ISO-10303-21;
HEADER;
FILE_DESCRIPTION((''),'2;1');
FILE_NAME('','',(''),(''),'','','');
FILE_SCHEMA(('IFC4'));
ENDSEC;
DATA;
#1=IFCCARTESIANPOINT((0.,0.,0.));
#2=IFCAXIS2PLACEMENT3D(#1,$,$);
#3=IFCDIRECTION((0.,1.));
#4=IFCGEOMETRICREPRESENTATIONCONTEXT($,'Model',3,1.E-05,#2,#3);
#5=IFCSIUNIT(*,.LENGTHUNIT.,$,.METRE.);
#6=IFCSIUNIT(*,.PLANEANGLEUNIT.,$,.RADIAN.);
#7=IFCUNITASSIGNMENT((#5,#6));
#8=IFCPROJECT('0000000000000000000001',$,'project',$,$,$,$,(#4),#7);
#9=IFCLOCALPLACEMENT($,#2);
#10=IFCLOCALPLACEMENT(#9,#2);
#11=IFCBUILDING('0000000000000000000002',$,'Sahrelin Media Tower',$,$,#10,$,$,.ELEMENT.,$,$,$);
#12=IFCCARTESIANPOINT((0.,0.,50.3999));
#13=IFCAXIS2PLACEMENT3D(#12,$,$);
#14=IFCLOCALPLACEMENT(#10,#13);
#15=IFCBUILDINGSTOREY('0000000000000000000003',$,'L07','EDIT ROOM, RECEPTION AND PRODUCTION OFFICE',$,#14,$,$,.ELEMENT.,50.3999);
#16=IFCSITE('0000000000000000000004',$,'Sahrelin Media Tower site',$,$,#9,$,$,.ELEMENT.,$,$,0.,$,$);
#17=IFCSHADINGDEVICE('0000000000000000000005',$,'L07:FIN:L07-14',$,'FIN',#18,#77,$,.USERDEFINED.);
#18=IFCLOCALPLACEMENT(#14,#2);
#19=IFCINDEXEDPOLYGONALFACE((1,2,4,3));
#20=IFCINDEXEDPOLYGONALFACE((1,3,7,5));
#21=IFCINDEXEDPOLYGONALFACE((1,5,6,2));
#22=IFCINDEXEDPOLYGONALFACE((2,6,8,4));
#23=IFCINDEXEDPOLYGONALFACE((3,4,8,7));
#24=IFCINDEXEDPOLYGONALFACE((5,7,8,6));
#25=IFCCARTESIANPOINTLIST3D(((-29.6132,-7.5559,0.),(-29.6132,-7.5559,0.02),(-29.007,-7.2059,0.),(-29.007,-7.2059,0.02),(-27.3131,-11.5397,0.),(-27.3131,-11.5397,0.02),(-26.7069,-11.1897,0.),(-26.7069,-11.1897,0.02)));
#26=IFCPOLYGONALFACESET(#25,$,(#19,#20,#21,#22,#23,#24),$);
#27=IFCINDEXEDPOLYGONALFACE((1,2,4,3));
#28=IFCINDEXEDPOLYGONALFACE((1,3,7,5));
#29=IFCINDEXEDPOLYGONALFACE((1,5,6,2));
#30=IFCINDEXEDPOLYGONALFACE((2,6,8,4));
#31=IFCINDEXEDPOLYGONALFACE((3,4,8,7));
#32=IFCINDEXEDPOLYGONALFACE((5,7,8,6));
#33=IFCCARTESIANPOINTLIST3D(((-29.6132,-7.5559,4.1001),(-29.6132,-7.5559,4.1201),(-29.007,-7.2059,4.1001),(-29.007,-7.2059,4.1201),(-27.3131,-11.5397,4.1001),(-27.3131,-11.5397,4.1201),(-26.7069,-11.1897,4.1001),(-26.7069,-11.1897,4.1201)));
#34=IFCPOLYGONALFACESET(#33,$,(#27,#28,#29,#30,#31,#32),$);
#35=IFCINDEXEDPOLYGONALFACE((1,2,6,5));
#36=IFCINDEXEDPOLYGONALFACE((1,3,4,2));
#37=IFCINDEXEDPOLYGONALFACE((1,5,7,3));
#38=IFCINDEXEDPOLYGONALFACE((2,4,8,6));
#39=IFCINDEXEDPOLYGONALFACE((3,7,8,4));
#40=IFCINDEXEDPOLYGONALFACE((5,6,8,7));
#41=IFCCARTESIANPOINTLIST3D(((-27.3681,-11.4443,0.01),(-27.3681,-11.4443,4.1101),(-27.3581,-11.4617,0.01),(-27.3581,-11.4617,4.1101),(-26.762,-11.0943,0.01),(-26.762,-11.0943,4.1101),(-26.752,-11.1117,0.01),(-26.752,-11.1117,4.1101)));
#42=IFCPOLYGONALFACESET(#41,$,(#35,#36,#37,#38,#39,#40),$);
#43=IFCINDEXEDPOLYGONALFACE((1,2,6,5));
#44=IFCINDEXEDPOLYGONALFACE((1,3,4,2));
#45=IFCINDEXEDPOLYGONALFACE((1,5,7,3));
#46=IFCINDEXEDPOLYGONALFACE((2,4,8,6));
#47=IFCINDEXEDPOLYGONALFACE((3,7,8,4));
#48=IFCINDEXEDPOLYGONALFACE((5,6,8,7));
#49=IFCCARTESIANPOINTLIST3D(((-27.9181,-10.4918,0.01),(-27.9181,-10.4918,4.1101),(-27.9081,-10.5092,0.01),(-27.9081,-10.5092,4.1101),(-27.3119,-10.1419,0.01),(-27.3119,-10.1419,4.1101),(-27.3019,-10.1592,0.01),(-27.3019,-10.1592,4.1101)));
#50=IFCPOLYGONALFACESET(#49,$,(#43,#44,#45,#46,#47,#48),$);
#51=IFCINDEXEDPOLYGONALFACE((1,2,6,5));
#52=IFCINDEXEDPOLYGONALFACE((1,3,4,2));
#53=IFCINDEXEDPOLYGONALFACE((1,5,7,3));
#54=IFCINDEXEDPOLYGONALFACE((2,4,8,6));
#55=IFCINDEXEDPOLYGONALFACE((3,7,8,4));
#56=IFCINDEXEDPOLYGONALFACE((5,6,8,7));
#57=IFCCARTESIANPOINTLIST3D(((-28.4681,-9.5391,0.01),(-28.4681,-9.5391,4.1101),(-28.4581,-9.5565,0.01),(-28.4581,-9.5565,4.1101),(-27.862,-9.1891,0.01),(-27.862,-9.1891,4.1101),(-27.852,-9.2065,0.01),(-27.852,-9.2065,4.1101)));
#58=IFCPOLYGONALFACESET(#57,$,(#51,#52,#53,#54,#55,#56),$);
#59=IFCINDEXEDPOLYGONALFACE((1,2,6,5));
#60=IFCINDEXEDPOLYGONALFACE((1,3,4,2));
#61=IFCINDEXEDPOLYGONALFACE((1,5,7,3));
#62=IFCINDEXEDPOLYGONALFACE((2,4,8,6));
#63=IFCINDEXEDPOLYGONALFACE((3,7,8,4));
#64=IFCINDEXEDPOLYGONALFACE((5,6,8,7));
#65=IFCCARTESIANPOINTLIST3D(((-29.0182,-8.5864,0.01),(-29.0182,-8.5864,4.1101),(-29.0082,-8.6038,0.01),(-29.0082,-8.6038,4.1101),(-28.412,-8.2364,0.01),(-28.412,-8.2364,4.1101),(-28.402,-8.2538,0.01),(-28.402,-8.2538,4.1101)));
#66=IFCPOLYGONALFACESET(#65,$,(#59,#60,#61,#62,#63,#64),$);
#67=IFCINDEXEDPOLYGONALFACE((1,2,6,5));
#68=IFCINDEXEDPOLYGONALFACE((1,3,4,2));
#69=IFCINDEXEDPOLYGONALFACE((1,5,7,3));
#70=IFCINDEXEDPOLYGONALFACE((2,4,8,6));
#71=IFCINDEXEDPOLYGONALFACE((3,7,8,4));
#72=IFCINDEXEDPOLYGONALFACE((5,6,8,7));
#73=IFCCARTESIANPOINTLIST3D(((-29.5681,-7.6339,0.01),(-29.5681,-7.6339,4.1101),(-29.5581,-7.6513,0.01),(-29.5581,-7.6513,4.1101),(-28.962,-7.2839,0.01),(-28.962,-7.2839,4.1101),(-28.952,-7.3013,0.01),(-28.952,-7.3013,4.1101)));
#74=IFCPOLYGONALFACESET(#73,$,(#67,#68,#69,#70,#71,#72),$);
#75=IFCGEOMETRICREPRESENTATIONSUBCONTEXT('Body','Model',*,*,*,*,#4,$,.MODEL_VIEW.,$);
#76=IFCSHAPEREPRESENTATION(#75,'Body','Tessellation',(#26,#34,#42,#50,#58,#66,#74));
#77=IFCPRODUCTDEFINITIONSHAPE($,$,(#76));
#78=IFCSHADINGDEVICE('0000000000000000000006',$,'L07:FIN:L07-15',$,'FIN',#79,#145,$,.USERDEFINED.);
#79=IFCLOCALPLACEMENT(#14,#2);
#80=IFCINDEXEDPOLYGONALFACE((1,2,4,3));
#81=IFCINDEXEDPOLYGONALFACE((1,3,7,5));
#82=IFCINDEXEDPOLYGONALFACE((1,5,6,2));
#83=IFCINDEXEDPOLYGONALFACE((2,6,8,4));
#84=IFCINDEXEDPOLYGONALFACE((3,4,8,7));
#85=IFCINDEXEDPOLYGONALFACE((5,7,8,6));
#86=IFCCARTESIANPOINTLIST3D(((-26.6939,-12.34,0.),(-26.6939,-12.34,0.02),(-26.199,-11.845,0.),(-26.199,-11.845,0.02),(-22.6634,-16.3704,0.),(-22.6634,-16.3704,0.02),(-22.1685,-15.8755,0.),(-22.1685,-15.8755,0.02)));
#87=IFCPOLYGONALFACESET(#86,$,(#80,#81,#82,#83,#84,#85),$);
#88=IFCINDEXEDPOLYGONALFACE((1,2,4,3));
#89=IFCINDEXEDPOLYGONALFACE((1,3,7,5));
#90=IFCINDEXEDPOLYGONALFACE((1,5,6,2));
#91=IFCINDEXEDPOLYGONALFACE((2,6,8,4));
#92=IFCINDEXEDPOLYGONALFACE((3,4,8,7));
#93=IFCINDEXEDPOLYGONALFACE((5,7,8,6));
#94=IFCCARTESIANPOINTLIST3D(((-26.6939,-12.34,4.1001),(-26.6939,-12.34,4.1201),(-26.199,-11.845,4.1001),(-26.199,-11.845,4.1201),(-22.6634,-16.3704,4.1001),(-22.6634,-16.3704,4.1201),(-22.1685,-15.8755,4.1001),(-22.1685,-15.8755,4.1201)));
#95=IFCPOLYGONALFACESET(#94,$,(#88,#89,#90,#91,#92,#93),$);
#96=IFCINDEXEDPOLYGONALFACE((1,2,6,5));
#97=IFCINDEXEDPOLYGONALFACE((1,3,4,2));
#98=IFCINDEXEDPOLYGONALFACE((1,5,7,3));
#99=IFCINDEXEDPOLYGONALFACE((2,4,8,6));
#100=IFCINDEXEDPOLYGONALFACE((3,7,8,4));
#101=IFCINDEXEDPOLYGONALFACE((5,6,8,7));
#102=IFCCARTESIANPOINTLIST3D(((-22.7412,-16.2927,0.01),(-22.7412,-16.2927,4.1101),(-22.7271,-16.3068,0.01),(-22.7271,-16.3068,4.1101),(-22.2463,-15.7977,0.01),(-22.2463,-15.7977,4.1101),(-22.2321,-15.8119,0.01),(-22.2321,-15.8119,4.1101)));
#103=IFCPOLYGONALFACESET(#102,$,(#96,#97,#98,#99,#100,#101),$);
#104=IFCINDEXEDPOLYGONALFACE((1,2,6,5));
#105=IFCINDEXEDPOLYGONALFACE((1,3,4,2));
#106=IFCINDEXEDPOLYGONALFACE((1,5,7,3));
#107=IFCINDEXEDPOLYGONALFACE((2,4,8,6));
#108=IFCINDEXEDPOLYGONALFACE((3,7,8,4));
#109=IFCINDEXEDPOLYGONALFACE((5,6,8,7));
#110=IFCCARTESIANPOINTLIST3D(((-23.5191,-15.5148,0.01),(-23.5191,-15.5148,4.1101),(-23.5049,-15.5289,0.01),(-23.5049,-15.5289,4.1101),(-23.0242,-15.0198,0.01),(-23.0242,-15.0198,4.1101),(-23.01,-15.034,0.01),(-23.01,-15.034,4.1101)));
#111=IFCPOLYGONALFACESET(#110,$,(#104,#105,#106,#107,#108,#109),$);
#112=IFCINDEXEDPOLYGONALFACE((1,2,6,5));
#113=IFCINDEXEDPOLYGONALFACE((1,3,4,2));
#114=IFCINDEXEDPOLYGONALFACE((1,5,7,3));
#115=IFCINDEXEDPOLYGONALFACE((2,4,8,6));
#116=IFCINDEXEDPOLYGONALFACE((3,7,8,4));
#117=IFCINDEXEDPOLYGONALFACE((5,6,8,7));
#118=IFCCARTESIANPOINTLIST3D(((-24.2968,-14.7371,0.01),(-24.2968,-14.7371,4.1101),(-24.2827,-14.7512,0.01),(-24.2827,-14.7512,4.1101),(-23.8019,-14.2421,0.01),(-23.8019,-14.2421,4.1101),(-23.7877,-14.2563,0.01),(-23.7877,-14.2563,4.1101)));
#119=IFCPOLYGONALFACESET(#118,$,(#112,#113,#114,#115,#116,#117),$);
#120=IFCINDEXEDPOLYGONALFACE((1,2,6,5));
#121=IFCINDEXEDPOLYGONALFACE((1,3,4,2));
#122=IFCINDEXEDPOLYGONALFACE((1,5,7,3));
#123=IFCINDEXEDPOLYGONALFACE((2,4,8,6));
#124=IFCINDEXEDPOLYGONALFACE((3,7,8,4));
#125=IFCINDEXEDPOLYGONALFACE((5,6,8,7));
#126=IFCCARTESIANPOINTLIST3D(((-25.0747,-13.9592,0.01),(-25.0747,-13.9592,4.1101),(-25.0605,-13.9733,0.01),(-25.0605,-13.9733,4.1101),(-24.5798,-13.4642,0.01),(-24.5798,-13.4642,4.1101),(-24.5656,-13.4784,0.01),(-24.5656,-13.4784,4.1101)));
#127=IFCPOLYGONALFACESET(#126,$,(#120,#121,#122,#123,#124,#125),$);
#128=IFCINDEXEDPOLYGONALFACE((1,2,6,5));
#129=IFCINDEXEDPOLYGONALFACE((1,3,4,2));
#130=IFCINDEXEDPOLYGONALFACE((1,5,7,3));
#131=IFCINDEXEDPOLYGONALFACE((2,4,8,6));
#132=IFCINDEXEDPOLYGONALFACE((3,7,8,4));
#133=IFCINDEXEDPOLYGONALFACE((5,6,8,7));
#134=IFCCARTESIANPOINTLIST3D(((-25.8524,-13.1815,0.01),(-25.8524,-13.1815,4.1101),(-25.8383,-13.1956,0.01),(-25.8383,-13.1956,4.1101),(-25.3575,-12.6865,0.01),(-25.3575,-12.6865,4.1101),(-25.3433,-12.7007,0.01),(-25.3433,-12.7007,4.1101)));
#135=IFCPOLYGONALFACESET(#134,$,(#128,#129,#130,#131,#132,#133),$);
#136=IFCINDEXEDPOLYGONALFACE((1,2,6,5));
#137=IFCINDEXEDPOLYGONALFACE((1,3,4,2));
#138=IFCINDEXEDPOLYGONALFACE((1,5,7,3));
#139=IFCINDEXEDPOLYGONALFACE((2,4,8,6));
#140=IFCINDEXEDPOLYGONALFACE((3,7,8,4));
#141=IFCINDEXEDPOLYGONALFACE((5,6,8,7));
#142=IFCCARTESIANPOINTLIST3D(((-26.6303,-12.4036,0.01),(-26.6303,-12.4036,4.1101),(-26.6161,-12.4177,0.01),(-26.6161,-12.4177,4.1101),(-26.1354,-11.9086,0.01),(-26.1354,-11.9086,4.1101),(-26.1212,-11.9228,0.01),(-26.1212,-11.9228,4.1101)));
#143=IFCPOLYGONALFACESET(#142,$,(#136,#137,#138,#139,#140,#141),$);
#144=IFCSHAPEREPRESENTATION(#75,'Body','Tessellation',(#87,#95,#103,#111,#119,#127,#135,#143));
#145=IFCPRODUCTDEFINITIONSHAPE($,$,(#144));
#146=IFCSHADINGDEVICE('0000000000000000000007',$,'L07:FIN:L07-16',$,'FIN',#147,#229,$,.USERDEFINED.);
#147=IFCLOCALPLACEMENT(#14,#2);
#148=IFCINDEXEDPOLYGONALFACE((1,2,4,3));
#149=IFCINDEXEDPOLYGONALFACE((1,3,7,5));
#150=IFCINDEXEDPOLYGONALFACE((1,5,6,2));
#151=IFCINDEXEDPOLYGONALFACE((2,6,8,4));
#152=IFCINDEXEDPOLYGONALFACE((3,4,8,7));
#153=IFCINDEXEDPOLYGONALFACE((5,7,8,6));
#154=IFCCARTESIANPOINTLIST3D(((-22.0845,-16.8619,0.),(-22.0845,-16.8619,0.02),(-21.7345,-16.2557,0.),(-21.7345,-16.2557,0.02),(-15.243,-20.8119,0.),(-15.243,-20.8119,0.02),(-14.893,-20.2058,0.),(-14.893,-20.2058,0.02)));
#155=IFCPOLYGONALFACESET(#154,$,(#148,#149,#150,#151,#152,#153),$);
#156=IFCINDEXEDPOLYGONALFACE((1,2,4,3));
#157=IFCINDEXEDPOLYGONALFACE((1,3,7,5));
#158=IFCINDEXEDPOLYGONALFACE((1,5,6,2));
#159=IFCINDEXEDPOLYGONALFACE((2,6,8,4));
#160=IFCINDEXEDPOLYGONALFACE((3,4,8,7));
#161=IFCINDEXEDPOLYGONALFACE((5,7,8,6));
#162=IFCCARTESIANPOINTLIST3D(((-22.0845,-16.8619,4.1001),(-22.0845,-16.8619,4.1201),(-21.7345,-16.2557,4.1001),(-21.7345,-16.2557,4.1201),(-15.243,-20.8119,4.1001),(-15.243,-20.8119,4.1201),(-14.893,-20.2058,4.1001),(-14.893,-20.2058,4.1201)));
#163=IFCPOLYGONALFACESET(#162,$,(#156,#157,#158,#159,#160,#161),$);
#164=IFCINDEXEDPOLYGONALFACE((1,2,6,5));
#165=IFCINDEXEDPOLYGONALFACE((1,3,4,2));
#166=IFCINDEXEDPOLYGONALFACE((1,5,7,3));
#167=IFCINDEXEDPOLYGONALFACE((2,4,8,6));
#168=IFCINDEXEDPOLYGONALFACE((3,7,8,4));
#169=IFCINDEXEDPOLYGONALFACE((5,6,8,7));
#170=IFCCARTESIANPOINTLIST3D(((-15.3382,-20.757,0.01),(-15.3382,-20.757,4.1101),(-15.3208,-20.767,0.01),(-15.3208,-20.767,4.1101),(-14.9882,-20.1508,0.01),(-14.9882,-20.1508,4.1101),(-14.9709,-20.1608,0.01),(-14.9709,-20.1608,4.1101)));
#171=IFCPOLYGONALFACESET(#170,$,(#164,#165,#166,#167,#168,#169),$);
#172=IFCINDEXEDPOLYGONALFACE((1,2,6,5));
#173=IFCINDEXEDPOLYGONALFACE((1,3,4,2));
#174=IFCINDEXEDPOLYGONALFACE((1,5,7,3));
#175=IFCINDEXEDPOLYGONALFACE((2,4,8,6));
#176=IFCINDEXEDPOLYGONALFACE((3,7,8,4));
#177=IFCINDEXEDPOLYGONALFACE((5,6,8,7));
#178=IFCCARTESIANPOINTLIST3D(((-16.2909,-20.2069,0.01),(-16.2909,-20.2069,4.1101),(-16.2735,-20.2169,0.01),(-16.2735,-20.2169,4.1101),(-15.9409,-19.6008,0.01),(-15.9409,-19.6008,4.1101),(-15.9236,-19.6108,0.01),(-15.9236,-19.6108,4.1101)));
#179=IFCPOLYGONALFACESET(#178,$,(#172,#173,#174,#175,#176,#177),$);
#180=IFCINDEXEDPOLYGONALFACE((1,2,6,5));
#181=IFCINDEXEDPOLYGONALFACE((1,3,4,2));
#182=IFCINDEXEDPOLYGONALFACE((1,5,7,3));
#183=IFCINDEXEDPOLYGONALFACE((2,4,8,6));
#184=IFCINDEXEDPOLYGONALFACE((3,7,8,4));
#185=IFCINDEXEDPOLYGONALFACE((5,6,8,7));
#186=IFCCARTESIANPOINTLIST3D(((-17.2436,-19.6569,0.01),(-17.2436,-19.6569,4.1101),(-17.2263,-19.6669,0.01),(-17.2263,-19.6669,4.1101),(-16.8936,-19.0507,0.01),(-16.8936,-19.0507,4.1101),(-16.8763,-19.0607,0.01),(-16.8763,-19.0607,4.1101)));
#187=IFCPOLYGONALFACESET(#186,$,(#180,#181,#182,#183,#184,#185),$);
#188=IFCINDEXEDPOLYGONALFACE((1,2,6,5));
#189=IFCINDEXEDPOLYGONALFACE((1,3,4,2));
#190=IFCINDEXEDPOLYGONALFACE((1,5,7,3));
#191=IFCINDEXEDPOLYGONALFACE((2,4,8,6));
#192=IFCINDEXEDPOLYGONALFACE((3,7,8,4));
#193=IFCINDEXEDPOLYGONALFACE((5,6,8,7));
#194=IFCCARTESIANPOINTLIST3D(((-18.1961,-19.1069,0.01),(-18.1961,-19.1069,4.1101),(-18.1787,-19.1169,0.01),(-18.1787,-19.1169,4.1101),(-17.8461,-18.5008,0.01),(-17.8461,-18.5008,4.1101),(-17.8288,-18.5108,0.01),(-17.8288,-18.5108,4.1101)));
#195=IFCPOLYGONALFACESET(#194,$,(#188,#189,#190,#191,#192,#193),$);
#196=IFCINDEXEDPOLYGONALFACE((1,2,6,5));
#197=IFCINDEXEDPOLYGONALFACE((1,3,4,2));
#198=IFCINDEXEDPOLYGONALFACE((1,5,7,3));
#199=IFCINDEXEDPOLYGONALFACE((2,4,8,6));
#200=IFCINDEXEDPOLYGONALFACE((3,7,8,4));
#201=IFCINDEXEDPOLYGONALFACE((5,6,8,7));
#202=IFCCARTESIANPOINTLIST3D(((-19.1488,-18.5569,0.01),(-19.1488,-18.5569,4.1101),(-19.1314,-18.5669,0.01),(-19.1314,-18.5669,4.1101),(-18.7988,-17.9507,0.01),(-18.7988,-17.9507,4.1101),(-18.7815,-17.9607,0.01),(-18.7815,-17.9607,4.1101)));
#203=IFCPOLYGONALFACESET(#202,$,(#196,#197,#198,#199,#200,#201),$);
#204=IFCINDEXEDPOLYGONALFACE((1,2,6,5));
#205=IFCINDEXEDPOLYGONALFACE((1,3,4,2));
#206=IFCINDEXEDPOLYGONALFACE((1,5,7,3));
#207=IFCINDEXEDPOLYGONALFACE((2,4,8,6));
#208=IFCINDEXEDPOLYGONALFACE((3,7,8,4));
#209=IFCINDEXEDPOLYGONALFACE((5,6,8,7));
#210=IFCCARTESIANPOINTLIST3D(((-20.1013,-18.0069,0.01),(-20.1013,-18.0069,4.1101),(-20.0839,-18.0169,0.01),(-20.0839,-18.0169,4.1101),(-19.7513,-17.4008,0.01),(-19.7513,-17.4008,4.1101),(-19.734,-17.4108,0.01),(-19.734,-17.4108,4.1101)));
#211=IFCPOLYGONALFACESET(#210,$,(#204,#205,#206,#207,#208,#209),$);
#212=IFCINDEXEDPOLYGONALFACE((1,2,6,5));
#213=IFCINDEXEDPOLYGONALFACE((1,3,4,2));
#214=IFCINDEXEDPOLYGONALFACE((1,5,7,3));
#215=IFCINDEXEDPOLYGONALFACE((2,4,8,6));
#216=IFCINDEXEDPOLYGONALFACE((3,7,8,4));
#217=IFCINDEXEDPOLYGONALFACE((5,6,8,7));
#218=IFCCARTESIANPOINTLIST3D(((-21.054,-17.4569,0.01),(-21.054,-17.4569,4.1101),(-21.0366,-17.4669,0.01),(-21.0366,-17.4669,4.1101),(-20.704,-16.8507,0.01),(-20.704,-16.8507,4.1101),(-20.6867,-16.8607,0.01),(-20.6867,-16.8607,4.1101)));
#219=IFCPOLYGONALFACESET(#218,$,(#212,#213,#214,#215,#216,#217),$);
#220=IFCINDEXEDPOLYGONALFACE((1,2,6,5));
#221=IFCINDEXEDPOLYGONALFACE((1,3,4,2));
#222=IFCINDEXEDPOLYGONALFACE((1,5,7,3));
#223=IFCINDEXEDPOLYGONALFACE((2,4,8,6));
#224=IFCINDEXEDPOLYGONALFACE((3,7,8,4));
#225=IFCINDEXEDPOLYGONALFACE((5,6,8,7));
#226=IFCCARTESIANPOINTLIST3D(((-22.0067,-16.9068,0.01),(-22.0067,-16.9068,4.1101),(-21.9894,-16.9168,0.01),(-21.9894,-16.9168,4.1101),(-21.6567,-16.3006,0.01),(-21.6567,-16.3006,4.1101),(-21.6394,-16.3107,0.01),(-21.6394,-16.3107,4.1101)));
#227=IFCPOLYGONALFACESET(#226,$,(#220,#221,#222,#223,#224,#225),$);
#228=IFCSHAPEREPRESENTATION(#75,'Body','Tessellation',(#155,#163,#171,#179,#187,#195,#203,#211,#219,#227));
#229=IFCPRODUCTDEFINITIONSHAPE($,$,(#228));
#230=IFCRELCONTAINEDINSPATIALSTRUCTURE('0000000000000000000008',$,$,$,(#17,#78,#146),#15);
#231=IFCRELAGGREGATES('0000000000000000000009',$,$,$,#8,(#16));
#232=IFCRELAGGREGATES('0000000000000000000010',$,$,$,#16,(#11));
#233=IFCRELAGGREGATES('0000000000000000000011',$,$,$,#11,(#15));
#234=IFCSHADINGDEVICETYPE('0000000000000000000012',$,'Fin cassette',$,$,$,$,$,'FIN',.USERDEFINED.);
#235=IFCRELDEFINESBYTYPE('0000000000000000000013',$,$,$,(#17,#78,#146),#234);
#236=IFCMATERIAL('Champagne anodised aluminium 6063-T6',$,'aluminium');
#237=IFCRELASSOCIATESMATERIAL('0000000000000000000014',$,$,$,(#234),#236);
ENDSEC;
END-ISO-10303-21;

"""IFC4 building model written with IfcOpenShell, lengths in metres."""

from ifc_helpers import new_model, si_unit, direction, frame, origin, origin_2d, place, context, subcontext, project, spatial, rectangle, extrude, material, type_object, element, save


model = new_model("IFC4")

# Units and contexts
model_context = context("Model", 3, precision=1e-05, world=origin(), true_north=direction((0.0, 1.0)))
body_context = subcontext(model_context, "Body", "Model", "MODEL_VIEW")
ifc_project = project(units=[si_unit("LENGTHUNIT", "METRE"), si_unit("PLANEANGLEUNIT", "RADIAN")], contexts=[model_context])

# Site, building, storey
site_placement = place(None, origin())
site = spatial("IfcSite", under=ifc_project, at=site_placement, Name="Sahrelin Media Tower site", CompositionType="ELEMENT", RefElevation=0.0)
building_placement = place(site_placement, origin())
building = spatial("IfcBuilding", under=site, at=building_placement, Name="Sahrelin Media Tower", CompositionType="ELEMENT")
storey_placement = place(building_placement, frame((0.0, 0.0, 50.3999)))
storey = spatial("IfcBuildingStorey", under=building, at=storey_placement, Name="L07", Description="EDIT ROOM, RECEPTION AND PRODUCTION OFFICE", CompositionType="ELEMENT", Elevation=50.3999)

# Shared definitions
ifc_material_1 = material(Name="Champagne anodised aluminium 6063-T6", Category="aluminium")

# Shading devices
shading_device_type_1 = type_object("IfcShadingDeviceType", Name="Fin cassette", ElementType="FIN", PredefinedType="USERDEFINED", material=ifc_material_1)
placement_1 = place(storey_placement, frame((-27.7964, -9.1628, 0.0), z_axis=(0.0, 0.0, 1.0), x_axis=(-0.500011, 0.866019, 0.0)))
element("IfcShadingDevice", 1, at=placement_1, inside=storey, type_object=shading_device_type_1, Name="L07:FIN:L07-14", ObjectType="FIN", PredefinedType="USERDEFINED", context=body_context, shape_type="SweptSolid", body=[
    extrude(rectangle(XDim=4.6001, YDim=0.7, at=origin_2d()), frame((0.0, 0.4199, 0.0)), (0.0, 0.0, 1.0), 0.02),
    extrude(rectangle(XDim=4.6001, YDim=0.7, at=origin_2d()), frame((0.0, 0.4199, 4.1001)), (0.0, 0.0, 1.0), 0.02),
    extrude(rectangle(XDim=0.02, YDim=0.7, at=origin_2d()), frame((-2.2, 0.4199, 0.01), z_axis=(0.0, 0.0, 1.0), x_axis=(1.0, 0.0, 0.0)), (0.0, 0.0, 1.0), 4.1001),
    extrude(rectangle(XDim=0.02, YDim=0.7, at=origin_2d()), frame((-1.1001, 0.4199, 0.01), z_axis=(0.0, 0.0, 1.0), x_axis=(1.0, 0.0, 0.0)), (0.0, 0.0, 1.0), 4.1001),
    extrude(rectangle(XDim=0.02, YDim=0.7, at=origin_2d()), frame((0.0, 0.4199, 0.01), z_axis=(0.0, 0.0, 1.0), x_axis=(1.0, 0.0, 0.0)), (0.0, 0.0, 1.0), 4.1001),
    extrude(rectangle(XDim=0.02, YDim=0.7, at=origin_2d()), frame((1.1001, 0.4199, 0.01), z_axis=(0.0, 0.0, 1.0), x_axis=(1.0, 0.0, 0.0)), (0.0, 0.0, 1.0), 4.1001),
    extrude(rectangle(XDim=0.02, YDim=0.7, at=origin_2d()), frame((2.2, 0.4199, 0.01), z_axis=(0.0, 0.0, 1.0), x_axis=(1.0, 0.0, 0.0)), (0.0, 0.0, 1.0), 4.1001),
])
placement_2 = place(storey_placement, frame((-24.1343, -13.8108, 0.0), z_axis=(0.0, 0.0, 1.0), x_axis=(-0.707107, 0.707107, 0.0)))
element("IfcShadingDevice", 2, at=placement_2, inside=storey, type_object=shading_device_type_1, Name="L07:FIN:L07-15", ObjectType="FIN", PredefinedType="USERDEFINED", context=body_context, shape_type="SweptSolid", body=[
    extrude(rectangle(XDim=5.7, YDim=0.7, at=origin_2d()), frame((0.0, 0.4199, 0.0)), (0.0, 0.0, 1.0), 0.02),
    extrude(rectangle(XDim=5.7, YDim=0.7, at=origin_2d()), frame((0.0, 0.4199, 4.1001)), (0.0, 0.0, 1.0), 0.02),
    extrude(rectangle(XDim=0.02, YDim=0.7, at=origin_2d()), frame((-2.75, 0.4199, 0.01), z_axis=(0.0, 0.0, 1.0), x_axis=(1.0, 0.0, 0.0)), (0.0, 0.0, 1.0), 4.1001),
    extrude(rectangle(XDim=0.02, YDim=0.7, at=origin_2d()), frame((-1.6499, 0.4199, 0.01), z_axis=(0.0, 0.0, 1.0), x_axis=(1.0, 0.0, 0.0)), (0.0, 0.0, 1.0), 4.1001),
    extrude(rectangle(XDim=0.02, YDim=0.7, at=origin_2d()), frame((-0.55, 0.4199, 0.01), z_axis=(0.0, 0.0, 1.0), x_axis=(1.0, 0.0, 0.0)), (0.0, 0.0, 1.0), 4.1001),
    extrude(rectangle(XDim=0.02, YDim=0.7, at=origin_2d()), frame((0.55, 0.4199, 0.01), z_axis=(0.0, 0.0, 1.0), x_axis=(1.0, 0.0, 0.0)), (0.0, 0.0, 1.0), 4.1001),
    extrude(rectangle(XDim=0.02, YDim=0.7, at=origin_2d()), frame((1.6499, 0.4199, 0.01), z_axis=(0.0, 0.0, 1.0), x_axis=(1.0, 0.0, 0.0)), (0.0, 0.0, 1.0), 4.1001),
    extrude(rectangle(XDim=0.02, YDim=0.7, at=origin_2d()), frame((2.75, 0.4199, 0.01), z_axis=(0.0, 0.0, 1.0), x_axis=(1.0, 0.0, 0.0)), (0.0, 0.0, 1.0), 4.1001),
])
placement_3 = place(storey_placement, frame((-18.2788, -18.1702, 0.0), z_axis=(0.0, 0.0, 1.0), x_axis=(-0.866019, 0.500011, 0.0)))
element("IfcShadingDevice", 3, at=placement_3, inside=storey, type_object=shading_device_type_1, Name="L07:FIN:L07-16", ObjectType="FIN", PredefinedType="USERDEFINED", context=body_context, shape_type="SweptSolid", body=[
    extrude(rectangle(XDim=7.8999, YDim=0.7, at=origin_2d()), frame((0.0, 0.4199, 0.0)), (0.0, 0.0, 1.0), 0.02),
    extrude(rectangle(XDim=7.8999, YDim=0.7, at=origin_2d()), frame((0.0, 0.4199, 4.1001)), (0.0, 0.0, 1.0), 0.02),
    extrude(rectangle(XDim=0.02, YDim=0.7, at=origin_2d()), frame((-3.8501, 0.4199, 0.01), z_axis=(0.0, 0.0, 1.0), x_axis=(1.0, 0.0, 0.0)), (0.0, 0.0, 1.0), 4.1001),
    extrude(rectangle(XDim=0.02, YDim=0.7, at=origin_2d()), frame((-2.75, 0.4199, 0.01), z_axis=(0.0, 0.0, 1.0), x_axis=(1.0, 0.0, 0.0)), (0.0, 0.0, 1.0), 4.1001),
    extrude(rectangle(XDim=0.02, YDim=0.7, at=origin_2d()), frame((-1.6499, 0.4199, 0.01), z_axis=(0.0, 0.0, 1.0), x_axis=(1.0, 0.0, 0.0)), (0.0, 0.0, 1.0), 4.1001),
    extrude(rectangle(XDim=0.02, YDim=0.7, at=origin_2d()), frame((-0.55, 0.4199, 0.01), z_axis=(0.0, 0.0, 1.0), x_axis=(1.0, 0.0, 0.0)), (0.0, 0.0, 1.0), 4.1001),
    extrude(rectangle(XDim=0.02, YDim=0.7, at=origin_2d()), frame((0.55, 0.4199, 0.01), z_axis=(0.0, 0.0, 1.0), x_axis=(1.0, 0.0, 0.0)), (0.0, 0.0, 1.0), 4.1001),
    extrude(rectangle(XDim=0.02, YDim=0.7, at=origin_2d()), frame((1.6499, 0.4199, 0.01), z_axis=(0.0, 0.0, 1.0), x_axis=(1.0, 0.0, 0.0)), (0.0, 0.0, 1.0), 4.1001),
    extrude(rectangle(XDim=0.02, YDim=0.7, at=origin_2d()), frame((2.75, 0.4199, 0.01), z_axis=(0.0, 0.0, 1.0), x_axis=(1.0, 0.0, 0.0)), (0.0, 0.0, 1.0), 4.1001),
    extrude(rectangle(XDim=0.02, YDim=0.7, at=origin_2d()), frame((3.8501, 0.4199, 0.01), z_axis=(0.0, 0.0, 1.0), x_axis=(1.0, 0.0, 0.0)), (0.0, 0.0, 1.0), 4.1001),
])

save(model, "model.ifc")
